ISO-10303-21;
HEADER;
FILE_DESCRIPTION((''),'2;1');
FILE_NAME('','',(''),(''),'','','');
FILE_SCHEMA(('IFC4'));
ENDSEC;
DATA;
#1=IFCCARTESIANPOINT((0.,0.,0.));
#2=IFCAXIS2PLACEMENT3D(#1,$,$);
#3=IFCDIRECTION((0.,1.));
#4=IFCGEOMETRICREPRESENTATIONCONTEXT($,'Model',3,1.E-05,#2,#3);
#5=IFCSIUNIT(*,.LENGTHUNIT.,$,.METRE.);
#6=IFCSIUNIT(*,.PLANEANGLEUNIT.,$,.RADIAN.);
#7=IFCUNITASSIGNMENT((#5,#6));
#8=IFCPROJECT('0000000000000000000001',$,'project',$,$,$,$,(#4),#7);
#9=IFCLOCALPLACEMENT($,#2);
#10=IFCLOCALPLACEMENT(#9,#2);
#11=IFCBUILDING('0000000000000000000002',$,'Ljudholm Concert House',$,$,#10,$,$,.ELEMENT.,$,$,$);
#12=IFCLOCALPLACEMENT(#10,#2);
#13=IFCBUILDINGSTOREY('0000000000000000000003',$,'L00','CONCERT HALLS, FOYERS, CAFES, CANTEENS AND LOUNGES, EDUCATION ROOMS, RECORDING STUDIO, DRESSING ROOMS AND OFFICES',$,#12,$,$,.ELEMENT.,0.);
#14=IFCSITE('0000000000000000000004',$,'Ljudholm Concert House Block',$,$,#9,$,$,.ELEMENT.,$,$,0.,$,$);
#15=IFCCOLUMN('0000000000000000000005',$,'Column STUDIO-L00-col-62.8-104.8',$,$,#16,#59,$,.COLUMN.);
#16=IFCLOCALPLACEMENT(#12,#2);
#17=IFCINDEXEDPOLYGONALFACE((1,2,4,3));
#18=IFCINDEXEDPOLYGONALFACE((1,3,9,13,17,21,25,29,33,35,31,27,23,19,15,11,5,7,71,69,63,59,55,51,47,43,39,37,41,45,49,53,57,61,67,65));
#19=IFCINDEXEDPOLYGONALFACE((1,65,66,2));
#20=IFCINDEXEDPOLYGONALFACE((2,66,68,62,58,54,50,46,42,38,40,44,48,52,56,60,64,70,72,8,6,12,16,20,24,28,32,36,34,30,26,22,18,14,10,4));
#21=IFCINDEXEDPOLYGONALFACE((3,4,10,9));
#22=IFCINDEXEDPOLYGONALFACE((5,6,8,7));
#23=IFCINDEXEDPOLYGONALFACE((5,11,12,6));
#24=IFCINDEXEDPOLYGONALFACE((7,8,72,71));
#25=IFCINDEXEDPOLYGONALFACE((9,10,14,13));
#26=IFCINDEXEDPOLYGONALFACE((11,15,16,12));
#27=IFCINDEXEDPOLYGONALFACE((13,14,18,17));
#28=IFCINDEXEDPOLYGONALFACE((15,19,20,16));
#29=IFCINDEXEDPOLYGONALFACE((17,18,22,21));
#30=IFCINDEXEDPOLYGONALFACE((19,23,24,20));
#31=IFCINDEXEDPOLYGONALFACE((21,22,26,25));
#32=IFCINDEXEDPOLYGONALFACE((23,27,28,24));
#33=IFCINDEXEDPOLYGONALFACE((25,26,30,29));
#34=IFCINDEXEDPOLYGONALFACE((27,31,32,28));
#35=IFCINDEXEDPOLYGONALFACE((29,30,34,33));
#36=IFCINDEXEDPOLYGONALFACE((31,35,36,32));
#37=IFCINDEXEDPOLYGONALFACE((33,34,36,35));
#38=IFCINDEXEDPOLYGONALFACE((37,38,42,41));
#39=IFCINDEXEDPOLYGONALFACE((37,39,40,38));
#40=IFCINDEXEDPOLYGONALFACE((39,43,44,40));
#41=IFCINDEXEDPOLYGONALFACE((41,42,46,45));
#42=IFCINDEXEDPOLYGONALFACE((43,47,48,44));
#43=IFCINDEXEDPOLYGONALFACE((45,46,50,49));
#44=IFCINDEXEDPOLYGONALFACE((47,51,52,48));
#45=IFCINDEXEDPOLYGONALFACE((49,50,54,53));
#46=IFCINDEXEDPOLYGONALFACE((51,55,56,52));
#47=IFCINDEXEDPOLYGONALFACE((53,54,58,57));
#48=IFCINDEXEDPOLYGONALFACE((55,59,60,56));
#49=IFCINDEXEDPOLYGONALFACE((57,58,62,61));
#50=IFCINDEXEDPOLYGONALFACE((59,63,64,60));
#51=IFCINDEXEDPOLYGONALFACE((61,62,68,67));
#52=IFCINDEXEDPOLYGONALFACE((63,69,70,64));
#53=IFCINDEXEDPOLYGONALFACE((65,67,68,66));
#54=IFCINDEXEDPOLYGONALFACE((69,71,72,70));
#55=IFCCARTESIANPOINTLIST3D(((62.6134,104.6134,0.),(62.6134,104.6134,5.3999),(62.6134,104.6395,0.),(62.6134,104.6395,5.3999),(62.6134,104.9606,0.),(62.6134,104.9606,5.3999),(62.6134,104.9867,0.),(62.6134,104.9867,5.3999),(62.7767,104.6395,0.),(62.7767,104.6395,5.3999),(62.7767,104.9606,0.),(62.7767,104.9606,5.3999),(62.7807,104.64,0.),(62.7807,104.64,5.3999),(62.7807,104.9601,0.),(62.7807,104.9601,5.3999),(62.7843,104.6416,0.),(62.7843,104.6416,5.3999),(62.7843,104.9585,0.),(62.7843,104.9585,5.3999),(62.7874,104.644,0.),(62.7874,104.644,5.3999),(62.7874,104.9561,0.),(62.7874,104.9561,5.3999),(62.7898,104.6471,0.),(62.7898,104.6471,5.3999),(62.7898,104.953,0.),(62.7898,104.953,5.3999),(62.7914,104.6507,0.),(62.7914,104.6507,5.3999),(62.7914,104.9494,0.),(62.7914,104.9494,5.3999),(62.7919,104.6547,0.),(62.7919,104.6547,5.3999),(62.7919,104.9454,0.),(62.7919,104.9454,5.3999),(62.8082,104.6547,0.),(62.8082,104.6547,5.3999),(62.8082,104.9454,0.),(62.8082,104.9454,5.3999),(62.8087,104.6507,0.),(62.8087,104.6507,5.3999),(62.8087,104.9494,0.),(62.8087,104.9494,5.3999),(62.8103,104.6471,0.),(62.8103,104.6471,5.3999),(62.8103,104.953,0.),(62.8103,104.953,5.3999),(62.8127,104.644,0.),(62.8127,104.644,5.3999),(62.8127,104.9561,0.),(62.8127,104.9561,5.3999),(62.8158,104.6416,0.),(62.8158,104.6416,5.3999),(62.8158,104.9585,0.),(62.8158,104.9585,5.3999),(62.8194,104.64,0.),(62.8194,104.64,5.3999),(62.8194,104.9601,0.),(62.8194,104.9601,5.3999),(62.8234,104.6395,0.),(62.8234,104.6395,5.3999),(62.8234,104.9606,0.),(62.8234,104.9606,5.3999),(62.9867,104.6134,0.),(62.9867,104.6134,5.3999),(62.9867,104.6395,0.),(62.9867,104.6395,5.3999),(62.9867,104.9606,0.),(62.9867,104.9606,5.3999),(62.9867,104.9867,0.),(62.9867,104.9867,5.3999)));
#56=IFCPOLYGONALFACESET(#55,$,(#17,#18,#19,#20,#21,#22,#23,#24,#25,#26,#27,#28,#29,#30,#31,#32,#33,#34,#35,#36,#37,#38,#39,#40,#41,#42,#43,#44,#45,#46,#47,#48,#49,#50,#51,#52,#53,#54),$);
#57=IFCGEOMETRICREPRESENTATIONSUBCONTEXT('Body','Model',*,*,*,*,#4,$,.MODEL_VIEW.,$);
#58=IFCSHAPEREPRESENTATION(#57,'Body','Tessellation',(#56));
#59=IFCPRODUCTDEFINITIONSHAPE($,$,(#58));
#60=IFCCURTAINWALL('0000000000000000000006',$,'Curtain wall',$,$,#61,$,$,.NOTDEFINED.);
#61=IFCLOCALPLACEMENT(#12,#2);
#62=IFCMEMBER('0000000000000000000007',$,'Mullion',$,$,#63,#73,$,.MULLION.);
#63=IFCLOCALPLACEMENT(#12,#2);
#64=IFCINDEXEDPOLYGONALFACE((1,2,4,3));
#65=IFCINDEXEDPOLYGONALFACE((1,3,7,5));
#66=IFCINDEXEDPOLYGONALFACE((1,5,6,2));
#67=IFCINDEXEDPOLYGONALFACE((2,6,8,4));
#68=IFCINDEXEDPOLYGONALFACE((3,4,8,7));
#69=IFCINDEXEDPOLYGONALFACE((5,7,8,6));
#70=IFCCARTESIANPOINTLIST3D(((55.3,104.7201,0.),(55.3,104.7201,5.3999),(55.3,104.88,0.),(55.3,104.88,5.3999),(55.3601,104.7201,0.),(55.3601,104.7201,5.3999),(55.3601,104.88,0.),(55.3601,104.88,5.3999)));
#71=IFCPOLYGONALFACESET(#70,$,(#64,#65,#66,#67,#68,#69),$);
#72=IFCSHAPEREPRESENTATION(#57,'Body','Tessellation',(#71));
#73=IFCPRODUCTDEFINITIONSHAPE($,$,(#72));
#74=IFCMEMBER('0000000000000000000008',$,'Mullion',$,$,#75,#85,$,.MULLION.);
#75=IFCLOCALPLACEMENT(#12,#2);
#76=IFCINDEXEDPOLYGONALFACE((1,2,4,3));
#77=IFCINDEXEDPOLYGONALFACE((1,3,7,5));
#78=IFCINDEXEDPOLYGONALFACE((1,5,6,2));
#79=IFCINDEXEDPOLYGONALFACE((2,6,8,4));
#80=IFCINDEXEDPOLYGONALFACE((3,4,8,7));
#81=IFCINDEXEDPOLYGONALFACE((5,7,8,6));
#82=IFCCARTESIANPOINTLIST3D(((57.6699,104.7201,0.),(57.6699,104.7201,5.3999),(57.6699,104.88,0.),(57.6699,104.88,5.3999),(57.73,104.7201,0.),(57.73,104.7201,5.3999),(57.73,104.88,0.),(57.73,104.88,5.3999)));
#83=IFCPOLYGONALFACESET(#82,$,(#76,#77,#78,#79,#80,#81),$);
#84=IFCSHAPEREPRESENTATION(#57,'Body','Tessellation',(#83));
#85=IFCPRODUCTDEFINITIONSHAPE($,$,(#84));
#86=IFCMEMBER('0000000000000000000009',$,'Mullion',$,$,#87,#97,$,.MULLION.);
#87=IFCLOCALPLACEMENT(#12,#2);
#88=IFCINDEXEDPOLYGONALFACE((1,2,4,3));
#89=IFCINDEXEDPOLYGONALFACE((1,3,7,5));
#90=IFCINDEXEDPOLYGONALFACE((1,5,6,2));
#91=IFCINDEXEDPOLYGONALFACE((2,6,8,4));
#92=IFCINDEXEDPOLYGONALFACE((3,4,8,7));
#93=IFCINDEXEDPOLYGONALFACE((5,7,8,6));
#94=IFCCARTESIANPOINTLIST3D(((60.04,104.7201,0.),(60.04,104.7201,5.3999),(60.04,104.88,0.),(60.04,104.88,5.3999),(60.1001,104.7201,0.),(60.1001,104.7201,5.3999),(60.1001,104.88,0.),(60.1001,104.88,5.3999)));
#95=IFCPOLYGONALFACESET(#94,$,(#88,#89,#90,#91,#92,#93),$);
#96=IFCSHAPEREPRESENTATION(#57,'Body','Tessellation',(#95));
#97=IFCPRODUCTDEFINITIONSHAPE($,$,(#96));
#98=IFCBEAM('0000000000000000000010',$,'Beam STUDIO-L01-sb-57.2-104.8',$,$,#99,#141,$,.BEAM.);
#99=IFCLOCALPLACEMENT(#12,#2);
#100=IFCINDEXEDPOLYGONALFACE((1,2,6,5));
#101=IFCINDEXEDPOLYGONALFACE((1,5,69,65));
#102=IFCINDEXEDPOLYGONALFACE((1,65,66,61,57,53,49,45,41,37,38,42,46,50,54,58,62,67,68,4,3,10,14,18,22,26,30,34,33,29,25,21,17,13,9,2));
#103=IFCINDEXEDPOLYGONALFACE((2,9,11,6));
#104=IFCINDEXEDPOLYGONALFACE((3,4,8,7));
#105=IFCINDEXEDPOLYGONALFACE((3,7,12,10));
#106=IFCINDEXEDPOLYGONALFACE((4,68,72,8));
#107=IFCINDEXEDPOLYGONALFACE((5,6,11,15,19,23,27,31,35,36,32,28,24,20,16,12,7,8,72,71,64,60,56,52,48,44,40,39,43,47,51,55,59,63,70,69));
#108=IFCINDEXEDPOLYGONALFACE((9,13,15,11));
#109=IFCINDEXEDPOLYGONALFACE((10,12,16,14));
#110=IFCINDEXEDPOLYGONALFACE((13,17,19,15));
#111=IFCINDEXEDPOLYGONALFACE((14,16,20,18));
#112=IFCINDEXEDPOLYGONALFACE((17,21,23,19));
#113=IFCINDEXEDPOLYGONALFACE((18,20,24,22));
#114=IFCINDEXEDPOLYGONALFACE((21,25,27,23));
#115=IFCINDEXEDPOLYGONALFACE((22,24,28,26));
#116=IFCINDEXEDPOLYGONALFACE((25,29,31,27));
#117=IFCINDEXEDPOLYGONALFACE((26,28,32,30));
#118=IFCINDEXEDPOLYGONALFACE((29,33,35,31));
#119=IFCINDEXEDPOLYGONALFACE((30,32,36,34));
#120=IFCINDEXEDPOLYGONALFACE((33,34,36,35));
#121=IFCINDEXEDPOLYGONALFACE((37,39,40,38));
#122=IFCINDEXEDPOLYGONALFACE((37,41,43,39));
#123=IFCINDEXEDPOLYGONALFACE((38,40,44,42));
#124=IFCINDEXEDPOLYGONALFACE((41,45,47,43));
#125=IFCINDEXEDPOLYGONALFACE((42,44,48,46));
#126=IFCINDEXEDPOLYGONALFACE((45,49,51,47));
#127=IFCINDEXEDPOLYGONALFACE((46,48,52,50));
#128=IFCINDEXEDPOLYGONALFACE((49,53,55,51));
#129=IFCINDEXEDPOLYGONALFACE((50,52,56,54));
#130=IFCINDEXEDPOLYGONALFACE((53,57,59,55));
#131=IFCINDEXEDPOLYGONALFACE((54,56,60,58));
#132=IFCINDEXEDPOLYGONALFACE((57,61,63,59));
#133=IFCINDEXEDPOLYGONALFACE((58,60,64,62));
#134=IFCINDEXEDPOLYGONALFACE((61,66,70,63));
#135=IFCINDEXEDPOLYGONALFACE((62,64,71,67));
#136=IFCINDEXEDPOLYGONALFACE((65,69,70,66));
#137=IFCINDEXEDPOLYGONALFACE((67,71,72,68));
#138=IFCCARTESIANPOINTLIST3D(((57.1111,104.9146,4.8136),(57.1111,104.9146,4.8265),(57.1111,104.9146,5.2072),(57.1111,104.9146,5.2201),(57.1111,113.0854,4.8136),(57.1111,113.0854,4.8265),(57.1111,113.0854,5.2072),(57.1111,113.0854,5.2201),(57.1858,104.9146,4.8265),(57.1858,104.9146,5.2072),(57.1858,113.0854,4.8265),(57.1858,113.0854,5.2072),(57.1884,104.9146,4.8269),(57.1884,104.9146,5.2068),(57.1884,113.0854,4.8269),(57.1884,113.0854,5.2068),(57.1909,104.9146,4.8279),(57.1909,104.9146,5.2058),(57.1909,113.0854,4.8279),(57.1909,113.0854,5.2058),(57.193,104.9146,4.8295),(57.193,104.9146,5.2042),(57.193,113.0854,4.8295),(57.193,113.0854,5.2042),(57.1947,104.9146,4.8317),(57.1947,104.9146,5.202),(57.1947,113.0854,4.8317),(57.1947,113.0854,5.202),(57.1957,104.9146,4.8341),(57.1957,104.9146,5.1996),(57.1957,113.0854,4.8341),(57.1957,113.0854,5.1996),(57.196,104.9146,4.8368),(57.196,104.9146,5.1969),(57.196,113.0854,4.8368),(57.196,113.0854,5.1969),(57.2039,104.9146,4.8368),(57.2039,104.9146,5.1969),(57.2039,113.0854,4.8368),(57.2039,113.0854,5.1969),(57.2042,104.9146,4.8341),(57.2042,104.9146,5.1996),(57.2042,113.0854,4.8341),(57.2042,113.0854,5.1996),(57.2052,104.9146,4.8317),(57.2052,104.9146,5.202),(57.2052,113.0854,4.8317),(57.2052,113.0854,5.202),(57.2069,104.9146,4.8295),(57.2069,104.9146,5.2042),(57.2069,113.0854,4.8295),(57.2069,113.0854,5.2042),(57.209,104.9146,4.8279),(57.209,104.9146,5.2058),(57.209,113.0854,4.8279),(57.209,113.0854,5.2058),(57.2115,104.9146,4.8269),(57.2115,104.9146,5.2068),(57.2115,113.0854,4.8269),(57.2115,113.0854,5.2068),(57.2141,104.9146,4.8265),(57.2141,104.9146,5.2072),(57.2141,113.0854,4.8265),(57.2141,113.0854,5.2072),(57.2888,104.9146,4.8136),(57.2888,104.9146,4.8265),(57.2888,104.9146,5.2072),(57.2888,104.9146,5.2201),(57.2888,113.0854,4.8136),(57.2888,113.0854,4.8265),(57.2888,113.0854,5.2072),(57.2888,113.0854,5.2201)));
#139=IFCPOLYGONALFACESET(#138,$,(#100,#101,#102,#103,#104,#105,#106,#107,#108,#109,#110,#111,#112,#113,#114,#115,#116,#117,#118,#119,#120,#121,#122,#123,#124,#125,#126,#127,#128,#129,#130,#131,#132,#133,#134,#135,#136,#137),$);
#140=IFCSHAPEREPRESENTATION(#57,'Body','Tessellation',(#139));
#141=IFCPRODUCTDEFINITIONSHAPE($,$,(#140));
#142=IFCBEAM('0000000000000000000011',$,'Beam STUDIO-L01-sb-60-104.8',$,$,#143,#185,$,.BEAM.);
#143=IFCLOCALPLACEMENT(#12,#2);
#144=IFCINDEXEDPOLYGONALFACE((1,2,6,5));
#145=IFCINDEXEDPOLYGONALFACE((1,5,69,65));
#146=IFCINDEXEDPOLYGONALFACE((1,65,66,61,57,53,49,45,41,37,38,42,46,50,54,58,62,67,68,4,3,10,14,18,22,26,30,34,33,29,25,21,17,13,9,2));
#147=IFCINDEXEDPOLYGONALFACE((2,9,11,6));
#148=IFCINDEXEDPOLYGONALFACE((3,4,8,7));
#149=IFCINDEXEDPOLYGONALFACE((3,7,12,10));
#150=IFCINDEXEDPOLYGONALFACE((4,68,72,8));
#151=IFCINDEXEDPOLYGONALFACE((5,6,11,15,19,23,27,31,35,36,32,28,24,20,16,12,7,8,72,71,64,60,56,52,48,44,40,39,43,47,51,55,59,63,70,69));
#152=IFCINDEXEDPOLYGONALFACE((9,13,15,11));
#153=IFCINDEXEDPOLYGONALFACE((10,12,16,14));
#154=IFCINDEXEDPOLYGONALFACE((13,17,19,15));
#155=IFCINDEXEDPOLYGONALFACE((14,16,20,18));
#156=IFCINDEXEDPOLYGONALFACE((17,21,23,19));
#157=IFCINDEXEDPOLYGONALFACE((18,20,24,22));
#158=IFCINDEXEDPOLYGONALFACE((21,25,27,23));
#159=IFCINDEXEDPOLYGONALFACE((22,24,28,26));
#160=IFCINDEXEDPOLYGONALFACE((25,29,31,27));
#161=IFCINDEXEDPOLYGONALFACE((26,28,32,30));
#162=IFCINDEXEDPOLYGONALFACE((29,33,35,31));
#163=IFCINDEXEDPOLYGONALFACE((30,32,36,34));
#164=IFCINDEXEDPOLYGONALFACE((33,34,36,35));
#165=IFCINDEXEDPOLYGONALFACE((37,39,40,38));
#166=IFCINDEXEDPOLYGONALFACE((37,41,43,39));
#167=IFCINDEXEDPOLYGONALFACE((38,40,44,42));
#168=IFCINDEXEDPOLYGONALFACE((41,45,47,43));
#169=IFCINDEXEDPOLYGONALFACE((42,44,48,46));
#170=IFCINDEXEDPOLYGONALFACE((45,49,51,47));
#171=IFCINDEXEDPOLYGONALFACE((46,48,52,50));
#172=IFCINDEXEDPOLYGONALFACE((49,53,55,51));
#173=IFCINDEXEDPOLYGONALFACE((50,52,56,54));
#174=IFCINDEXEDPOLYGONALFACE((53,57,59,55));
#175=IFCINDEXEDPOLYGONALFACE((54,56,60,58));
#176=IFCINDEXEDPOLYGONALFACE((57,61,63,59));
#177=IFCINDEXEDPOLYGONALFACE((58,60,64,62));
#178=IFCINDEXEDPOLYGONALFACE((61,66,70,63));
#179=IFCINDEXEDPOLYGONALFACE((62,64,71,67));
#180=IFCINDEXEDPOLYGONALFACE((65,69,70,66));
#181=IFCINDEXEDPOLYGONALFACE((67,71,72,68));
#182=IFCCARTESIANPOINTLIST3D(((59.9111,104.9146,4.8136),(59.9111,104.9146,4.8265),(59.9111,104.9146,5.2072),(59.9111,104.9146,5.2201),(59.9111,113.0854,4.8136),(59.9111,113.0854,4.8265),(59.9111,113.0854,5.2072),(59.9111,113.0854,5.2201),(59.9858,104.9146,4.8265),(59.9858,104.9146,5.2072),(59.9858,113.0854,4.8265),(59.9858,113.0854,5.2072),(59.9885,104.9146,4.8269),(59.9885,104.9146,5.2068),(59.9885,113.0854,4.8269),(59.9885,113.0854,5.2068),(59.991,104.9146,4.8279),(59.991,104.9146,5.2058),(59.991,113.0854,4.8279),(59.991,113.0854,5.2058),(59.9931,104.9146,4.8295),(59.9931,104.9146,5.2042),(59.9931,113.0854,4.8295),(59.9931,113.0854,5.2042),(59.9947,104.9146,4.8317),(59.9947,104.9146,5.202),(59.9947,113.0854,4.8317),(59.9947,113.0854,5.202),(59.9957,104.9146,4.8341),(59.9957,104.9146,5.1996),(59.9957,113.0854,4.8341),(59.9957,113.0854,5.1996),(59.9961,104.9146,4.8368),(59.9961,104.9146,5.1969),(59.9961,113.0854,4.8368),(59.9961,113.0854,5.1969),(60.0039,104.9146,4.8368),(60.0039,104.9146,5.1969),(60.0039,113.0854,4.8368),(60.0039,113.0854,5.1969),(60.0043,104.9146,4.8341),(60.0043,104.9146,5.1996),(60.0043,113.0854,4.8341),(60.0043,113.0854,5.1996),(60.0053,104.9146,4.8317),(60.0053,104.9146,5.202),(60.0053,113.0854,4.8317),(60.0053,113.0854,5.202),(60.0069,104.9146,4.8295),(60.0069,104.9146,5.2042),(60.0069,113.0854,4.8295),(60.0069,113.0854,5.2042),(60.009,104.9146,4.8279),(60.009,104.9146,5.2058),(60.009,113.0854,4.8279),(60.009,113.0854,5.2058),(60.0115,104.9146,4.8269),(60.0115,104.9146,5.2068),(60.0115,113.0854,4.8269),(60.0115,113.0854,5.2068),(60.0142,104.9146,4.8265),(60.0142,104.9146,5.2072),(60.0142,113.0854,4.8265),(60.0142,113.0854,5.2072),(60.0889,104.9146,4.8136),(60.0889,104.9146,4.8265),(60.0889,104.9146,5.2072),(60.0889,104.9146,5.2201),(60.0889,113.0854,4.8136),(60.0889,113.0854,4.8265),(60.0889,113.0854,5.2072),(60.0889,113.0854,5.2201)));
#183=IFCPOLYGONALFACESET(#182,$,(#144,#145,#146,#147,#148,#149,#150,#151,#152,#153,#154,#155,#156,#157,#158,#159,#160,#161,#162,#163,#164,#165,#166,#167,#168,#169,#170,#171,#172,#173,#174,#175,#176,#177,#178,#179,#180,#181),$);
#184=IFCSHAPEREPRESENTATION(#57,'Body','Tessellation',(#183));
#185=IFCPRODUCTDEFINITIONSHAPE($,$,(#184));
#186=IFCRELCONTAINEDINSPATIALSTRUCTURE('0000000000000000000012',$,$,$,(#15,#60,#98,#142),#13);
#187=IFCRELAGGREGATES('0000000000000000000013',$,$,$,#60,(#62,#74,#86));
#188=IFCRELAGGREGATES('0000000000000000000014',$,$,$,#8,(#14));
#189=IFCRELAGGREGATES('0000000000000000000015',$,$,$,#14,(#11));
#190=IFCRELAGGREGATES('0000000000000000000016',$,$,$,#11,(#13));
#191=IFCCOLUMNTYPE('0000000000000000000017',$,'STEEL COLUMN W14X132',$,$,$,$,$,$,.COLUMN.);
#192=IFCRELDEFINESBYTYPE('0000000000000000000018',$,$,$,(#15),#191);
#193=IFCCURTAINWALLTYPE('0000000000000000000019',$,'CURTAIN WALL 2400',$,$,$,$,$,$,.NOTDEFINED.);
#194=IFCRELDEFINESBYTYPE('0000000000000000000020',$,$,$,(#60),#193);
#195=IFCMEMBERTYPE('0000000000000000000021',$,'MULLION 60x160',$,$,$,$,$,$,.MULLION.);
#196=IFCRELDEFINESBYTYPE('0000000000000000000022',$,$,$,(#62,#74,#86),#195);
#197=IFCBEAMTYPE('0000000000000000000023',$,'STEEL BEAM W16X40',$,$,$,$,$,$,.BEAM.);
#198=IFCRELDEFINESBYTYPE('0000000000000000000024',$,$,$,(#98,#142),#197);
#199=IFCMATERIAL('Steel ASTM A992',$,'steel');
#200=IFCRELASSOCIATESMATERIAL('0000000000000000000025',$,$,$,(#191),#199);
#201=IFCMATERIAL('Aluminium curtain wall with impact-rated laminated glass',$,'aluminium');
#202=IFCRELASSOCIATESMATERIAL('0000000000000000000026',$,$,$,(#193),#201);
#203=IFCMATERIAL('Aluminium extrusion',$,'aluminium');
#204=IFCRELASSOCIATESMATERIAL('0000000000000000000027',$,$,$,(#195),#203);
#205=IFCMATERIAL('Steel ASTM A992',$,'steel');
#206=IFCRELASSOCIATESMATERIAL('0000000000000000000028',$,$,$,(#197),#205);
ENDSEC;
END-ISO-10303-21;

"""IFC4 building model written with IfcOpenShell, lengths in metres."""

from ifc_helpers import new_model, si_unit, direction, frame, origin, origin_2d, place, context, subcontext, project, spatial, rectangle, i_section, extrude, material, material_profile, profile_set, type_object, element, aggregate, save


model = new_model("IFC4")

# Units and contexts
model_context = context("Model", 3, precision=1e-05, world=origin(), true_north=direction((0.0, 1.0)))
body_context = subcontext(model_context, "Body", "Model", "MODEL_VIEW")
ifc_project = project(units=[si_unit("LENGTHUNIT", "METRE"), si_unit("PLANEANGLEUNIT", "RADIAN")], contexts=[model_context])

# Site, building, storey
site_placement = place(None, origin())
site = spatial("IfcSite", under=ifc_project, at=site_placement, Name="Ljudholm Concert House Block", CompositionType="ELEMENT", RefElevation=0.0)
building_placement = place(site_placement, origin())
building = spatial("IfcBuilding", under=site, at=building_placement, Name="Ljudholm Concert House", CompositionType="ELEMENT")
storey_placement = place(building_placement, origin())
storey = spatial("IfcBuildingStorey", under=building, at=storey_placement, Name="L00", Description="CONCERT HALLS, FOYERS, CAFES, CANTEENS AND LOUNGES, EDUCATION ROOMS, RECORDING STUDIO, DRESSING ROOMS AND OFFICES", CompositionType="ELEMENT", Elevation=0.0)

# Column
ifc_material_1 = material(Name="Steel ASTM A992", Category="steel")
ifc_material_profile_1 = material_profile(ifc_material_1, i_section(OverallWidth=0.3733, OverallDepth=0.3733, WebThickness=0.0164, FlangeThickness=0.0261, FilletRadius=0.0151, at=origin_2d()), Name="W14X132")
ifc_profile_set_1 = profile_set([ifc_material_profile_1], Name="Steel ASTM A992")
column_type = type_object("IfcColumnType", Name="STEEL COLUMN W14X132", PredefinedType="COLUMN", material=ifc_profile_set_1)
column_placement = place(storey_placement, frame((62.8, 104.8, 0.0), z_axis=(0.0, 0.0, 1.0), x_axis=(1.0, 0.0, 0.0)))
element("IfcColumn", 1, at=column_placement, inside=storey, type_object=column_type, Name="Column STUDIO-L00-col-62.8-104.8", PredefinedType="COLUMN", context=body_context, shape_type="SweptSolid", body=[
    extrude(i_section(OverallWidth=0.3733, OverallDepth=0.3733, WebThickness=0.0164, FlangeThickness=0.0261, FilletRadius=0.0151, at=origin_2d()), origin(), (0.0, 0.0, 1.0), 5.3999),
])

# Curtain wall, members
ifc_material_2 = material(Name="Aluminium curtain wall with impact-rated laminated glass", Category="aluminium")
curtain_wall_type = type_object("IfcCurtainWallType", Name="CURTAIN WALL 2400", PredefinedType="NOTDEFINED", material=ifc_material_2)
curtain_wall_placement = place(storey_placement, origin())
curtain_wall = element("IfcCurtainWall", 2, at=curtain_wall_placement, inside=storey, type_object=curtain_wall_type, Name="Curtain wall", PredefinedType="NOTDEFINED")
ifc_material_3 = material(Name="Aluminium extrusion", Category="aluminium")
ifc_material_profile_2 = material_profile(ifc_material_3, rectangle(XDim=0.1599, YDim=0.0601, at=origin_2d()), Name="MULLION 60x160")
ifc_profile_set_2 = profile_set([ifc_material_profile_2], Name="Aluminium extrusion")
member_type_1 = type_object("IfcMemberType", Name="MULLION 60x160", PredefinedType="MULLION", material=ifc_profile_set_2)
member_1_placement = place(storey_placement, frame((55.3301, 104.8, 0.0), z_axis=(0.0, 0.0, 1.0), x_axis=(0.0, 1.0, 0.0)))
member_1 = element("IfcMember", 3, at=member_1_placement, type_object=member_type_1, Name="Mullion", PredefinedType="MULLION", context=body_context, shape_type="SweptSolid", body=[
    extrude(rectangle(XDim=0.1599, YDim=0.0601, at=origin_2d()), origin(), (0.0, 0.0, 1.0), 5.3999),
])
member_2_placement = place(storey_placement, frame((57.7, 104.8, 0.0), z_axis=(0.0, 0.0, 1.0), x_axis=(0.0, 1.0, 0.0)))
member_2 = element("IfcMember", 4, at=member_2_placement, type_object=member_type_1, Name="Mullion", PredefinedType="MULLION", context=body_context, shape_type="SweptSolid", body=[
    extrude(rectangle(XDim=0.1599, YDim=0.0601, at=origin_2d()), origin(), (0.0, 0.0, 1.0), 5.3999),
])
member_3_placement = place(storey_placement, frame((60.0701, 104.8, 0.0), z_axis=(0.0, 0.0, 1.0), x_axis=(0.0, 1.0, 0.0)))
member_3 = element("IfcMember", 5, at=member_3_placement, type_object=member_type_1, Name="Mullion", PredefinedType="MULLION", context=body_context, shape_type="SweptSolid", body=[
    extrude(rectangle(XDim=0.1599, YDim=0.0601, at=origin_2d()), origin(), (0.0, 0.0, 1.0), 5.3999),
])

# Beams
ifc_material_4 = material(Name="Steel ASTM A992", Category="steel")
ifc_material_profile_3 = material_profile(ifc_material_4, i_section(OverallWidth=0.1777, OverallDepth=0.4065, WebThickness=0.0078, FlangeThickness=0.0129, FilletRadius=0.0103, at=origin_2d()), Name="W16X40")
ifc_profile_set_3 = profile_set([ifc_material_profile_3], Name="Steel ASTM A992")
beam_type_1 = type_object("IfcBeamType", Name="STEEL BEAM W16X40", PredefinedType="BEAM", material=ifc_profile_set_3)
for number, where, z_axis, x_axis, name in (
    (6, (57.2, 104.9146, 5.0168), (0.0, 1.0, 0.0), (-1.0, 0.0, 0.0), "Beam STUDIO-L01-sb-57.2-104.8"),
    (7, (60.0, 104.9146, 5.0168), (0.0, 1.0, 0.0), (-1.0, 0.0, 0.0), "Beam STUDIO-L01-sb-60-104.8"),
):
    element("IfcBeam", number, at=place(storey_placement, frame(where, z_axis=z_axis, x_axis=x_axis)), inside=storey, type_object=beam_type_1, Name=name, PredefinedType="BEAM", context=body_context, shape_type="SweptSolid", body=[
        extrude(i_section(OverallWidth=0.1777, OverallDepth=0.4065, WebThickness=0.0078, FlangeThickness=0.0129, FilletRadius=0.0103, at=origin_2d()), origin(), (0.0, 0.0, 1.0), 8.1709),
    ])

aggregate(curtain_wall, [member_1, member_2, member_3])

save(model, "model.ifc")
